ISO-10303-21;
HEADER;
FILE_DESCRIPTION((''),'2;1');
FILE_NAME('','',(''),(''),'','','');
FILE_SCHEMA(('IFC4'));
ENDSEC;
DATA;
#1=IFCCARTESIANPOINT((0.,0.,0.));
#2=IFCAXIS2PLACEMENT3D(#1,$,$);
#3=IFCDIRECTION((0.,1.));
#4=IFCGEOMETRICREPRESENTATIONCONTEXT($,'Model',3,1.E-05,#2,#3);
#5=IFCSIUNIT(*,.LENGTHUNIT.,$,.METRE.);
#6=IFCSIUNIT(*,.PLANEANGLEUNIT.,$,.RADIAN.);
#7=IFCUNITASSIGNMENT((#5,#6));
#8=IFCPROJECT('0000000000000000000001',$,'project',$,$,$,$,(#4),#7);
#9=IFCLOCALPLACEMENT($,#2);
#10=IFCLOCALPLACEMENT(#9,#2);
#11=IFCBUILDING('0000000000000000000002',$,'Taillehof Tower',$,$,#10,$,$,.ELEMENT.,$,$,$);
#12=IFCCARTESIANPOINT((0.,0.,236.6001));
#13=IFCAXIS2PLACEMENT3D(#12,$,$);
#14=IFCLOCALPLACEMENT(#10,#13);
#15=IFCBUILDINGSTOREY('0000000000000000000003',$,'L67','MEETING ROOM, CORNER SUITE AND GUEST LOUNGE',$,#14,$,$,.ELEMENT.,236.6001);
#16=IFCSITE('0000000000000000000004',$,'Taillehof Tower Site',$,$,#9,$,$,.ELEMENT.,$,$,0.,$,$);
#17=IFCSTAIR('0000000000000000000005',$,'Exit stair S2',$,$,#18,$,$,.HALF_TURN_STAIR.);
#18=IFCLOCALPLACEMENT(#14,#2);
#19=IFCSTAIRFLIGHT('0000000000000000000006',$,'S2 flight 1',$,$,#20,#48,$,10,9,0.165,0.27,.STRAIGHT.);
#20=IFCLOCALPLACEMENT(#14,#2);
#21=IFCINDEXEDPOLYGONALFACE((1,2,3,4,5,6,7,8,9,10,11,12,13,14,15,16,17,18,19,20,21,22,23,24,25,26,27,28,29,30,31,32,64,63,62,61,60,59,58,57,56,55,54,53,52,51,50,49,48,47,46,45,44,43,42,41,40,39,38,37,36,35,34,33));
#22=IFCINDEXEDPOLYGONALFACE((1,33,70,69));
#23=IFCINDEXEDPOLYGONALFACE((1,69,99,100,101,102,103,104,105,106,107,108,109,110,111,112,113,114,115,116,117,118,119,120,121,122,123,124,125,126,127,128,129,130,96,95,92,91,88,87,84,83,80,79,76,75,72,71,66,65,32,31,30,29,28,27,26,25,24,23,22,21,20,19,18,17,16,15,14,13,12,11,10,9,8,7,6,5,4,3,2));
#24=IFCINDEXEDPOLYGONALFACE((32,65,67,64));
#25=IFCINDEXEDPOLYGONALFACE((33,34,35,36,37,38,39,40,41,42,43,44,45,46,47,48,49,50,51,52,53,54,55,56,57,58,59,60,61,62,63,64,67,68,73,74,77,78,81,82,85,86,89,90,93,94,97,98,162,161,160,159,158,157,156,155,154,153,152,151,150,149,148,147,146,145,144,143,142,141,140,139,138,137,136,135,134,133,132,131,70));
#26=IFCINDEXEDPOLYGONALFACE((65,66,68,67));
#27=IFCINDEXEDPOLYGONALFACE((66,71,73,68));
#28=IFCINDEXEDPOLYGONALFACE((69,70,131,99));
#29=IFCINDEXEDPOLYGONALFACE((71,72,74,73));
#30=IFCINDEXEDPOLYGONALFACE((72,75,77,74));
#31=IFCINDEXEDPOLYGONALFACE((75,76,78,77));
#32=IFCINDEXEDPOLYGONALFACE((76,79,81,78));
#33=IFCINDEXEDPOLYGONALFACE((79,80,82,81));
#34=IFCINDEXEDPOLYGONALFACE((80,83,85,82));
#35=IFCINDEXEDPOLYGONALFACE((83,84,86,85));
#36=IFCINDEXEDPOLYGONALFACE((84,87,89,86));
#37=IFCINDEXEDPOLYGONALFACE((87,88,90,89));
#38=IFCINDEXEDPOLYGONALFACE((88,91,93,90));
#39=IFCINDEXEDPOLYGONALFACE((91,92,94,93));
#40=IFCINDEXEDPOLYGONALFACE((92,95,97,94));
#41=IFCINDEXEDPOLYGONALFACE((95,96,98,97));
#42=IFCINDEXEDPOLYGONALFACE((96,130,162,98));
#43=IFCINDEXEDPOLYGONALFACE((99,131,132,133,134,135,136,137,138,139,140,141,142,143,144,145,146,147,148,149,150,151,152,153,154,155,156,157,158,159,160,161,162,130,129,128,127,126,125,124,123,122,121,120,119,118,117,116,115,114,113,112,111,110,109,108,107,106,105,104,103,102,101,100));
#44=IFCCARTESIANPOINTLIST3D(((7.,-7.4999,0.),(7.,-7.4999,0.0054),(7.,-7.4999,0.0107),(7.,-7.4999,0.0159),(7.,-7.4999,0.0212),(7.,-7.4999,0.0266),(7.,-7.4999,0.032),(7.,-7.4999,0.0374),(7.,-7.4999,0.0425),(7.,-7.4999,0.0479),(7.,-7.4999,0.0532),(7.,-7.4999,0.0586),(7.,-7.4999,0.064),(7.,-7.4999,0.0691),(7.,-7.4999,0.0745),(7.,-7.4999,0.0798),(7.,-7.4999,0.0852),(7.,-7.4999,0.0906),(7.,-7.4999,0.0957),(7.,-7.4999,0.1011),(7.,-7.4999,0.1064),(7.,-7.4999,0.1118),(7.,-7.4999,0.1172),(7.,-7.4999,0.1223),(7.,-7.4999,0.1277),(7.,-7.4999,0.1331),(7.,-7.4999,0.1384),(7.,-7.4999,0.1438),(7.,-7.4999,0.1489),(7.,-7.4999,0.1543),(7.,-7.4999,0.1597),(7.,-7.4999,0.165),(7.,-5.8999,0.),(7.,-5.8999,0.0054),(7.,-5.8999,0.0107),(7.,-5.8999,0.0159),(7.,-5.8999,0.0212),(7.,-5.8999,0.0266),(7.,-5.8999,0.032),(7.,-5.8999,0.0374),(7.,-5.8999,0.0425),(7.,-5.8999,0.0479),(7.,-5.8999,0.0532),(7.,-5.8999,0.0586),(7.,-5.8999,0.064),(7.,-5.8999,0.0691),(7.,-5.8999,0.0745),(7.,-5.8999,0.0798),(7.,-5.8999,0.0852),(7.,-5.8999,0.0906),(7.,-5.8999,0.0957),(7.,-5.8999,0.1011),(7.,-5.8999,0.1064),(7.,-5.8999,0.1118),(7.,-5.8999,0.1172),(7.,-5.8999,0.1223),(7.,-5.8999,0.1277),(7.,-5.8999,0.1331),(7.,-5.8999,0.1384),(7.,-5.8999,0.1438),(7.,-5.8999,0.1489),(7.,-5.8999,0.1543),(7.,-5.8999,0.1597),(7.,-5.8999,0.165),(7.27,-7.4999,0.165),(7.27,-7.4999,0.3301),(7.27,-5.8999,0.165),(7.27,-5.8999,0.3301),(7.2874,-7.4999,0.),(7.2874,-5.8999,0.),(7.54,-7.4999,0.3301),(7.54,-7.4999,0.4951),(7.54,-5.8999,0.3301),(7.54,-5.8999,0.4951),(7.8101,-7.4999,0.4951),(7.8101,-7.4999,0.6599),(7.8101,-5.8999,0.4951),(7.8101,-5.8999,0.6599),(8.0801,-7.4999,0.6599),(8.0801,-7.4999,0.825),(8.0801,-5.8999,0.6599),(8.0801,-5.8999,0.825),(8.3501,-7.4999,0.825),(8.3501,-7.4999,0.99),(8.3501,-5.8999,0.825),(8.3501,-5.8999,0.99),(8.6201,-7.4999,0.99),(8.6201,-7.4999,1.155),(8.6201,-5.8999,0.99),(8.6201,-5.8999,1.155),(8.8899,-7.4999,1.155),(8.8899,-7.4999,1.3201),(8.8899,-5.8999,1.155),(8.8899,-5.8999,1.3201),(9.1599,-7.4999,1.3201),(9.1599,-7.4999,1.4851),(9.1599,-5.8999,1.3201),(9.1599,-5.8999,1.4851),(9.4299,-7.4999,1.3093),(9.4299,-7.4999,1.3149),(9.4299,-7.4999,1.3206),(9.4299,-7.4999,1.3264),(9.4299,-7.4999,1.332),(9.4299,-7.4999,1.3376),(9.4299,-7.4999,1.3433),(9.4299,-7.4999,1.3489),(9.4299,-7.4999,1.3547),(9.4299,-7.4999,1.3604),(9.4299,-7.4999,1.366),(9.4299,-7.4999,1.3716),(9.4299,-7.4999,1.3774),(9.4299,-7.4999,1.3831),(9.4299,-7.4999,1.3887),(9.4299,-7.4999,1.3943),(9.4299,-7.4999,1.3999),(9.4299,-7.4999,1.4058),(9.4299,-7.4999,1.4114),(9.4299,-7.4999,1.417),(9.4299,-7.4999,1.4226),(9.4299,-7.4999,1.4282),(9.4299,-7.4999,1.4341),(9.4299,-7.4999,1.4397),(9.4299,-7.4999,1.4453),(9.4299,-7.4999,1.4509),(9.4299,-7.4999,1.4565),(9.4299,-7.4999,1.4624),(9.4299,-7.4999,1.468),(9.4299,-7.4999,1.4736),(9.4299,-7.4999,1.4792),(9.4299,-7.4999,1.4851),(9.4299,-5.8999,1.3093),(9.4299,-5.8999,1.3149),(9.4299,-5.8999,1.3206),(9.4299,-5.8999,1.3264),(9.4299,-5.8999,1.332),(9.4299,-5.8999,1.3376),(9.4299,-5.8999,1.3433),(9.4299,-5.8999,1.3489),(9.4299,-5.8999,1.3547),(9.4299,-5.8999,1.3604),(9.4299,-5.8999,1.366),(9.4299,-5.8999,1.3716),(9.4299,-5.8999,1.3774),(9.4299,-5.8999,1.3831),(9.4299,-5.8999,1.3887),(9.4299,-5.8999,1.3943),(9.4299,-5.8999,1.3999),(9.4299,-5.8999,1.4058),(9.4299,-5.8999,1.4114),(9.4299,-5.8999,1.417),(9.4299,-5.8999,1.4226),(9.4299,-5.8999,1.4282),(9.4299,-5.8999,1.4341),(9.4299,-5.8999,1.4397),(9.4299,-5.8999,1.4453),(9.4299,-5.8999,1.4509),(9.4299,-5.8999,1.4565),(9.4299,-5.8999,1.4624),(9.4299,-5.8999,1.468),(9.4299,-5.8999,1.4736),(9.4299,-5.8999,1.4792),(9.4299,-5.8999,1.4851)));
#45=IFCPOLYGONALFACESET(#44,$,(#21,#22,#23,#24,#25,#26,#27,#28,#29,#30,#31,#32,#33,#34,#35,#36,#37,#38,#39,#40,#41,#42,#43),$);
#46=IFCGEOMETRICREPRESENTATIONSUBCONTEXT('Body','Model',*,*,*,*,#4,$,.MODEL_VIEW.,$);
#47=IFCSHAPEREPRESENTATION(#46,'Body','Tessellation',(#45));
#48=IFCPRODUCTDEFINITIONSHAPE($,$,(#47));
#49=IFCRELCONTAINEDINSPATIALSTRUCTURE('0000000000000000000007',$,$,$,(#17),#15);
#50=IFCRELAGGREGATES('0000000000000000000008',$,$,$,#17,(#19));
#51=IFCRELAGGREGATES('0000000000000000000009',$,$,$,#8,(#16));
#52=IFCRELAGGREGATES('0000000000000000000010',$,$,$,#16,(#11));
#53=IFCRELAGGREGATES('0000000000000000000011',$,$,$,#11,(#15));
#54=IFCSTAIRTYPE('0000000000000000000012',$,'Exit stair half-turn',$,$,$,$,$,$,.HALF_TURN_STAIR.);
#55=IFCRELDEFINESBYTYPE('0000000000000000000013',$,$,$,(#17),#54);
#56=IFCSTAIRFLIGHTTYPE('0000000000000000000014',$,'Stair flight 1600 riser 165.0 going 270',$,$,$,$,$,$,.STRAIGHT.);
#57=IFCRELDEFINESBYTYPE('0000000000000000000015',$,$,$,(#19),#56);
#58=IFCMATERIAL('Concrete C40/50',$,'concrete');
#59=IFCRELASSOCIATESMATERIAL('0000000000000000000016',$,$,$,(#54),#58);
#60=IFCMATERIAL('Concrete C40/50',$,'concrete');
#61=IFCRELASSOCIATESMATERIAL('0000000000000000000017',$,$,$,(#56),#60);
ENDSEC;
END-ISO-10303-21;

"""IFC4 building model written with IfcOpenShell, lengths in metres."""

from ifc_helpers import new_model, si_unit, direction, frame, origin, place, context, subcontext, project, spatial, polyline, outline, extrude, material, type_object, element, aggregate, save


model = new_model("IFC4")

# Units and contexts
model_context = context("Model", 3, precision=1e-05, world=origin(), true_north=direction((0.0, 1.0)))
body_context = subcontext(model_context, "Body", "Model", "MODEL_VIEW")
ifc_project = project(units=[si_unit("LENGTHUNIT", "METRE"), si_unit("PLANEANGLEUNIT", "RADIAN")], contexts=[model_context])

# Site, building, storey
site_placement = place(None, origin())
site = spatial("IfcSite", under=ifc_project, at=site_placement, Name="Taillehof Tower Site", CompositionType="ELEMENT", RefElevation=0.0)
building_placement = place(site_placement, origin())
building = spatial("IfcBuilding", under=site, at=building_placement, Name="Taillehof Tower", CompositionType="ELEMENT")
storey_placement = place(building_placement, frame((0.0, 0.0, 236.6001)))
storey = spatial("IfcBuildingStorey", under=building, at=storey_placement, Name="L67", Description="MEETING ROOM, CORNER SUITE AND GUEST LOUNGE", CompositionType="ELEMENT", Elevation=236.6001)

# Stair
ifc_material_1 = material(Name="Concrete C40/50", Category="concrete")
stair_type = type_object("IfcStairType", Name="Exit stair half-turn", PredefinedType="HALF_TURN_STAIR", material=ifc_material_1)
stair_1_placement = place(storey_placement, origin())
stair_1 = element("IfcStair", 1, at=stair_1_placement, inside=storey, type_object=stair_type, Name="Exit stair S2", PredefinedType="HALF_TURN_STAIR")

# Stair flight
ifc_material_2 = material(Name="Concrete C40/50", Category="concrete")
stair_flight_type = type_object("IfcStairFlightType", Name="Stair flight 1600 riser 165.0 going 270", PredefinedType="STRAIGHT", material=ifc_material_2)
stair_flight_placement = place(storey_placement, frame((7.0, -6.7, 0.0), z_axis=(0.0, 0.0, 1.0), x_axis=(1.0, 0.0, 0.0)))
stair_flight = element("IfcStairFlight", 2, at=stair_flight_placement, type_object=stair_flight_type, Name="S2 flight 1", NumberOfRisers=10, NumberOfTreads=9, PredefinedType="STRAIGHT", RiserHeight=0.165, TreadLength=0.27, context=body_context, shape_type="SweptSolid", body=[
    extrude(outline(polyline([(0.0, 0.0), (0.0, 0.0054), (0.0, 0.0107), (0.0, 0.0159), (0.0, 0.0212), (0.0, 0.0266), (0.0, 0.032), (0.0, 0.0374), (0.0, 0.0425), (0.0, 0.0479), (0.0, 0.0532), (0.0, 0.0586), (0.0, 0.064), (0.0, 0.0691), (0.0, 0.0745), (0.0, 0.0798), (0.0, 0.0852), (0.0, 0.0906), (0.0, 0.0957), (0.0, 0.1011), (0.0, 0.1064), (0.0, 0.1118), (0.0, 0.1172), (0.0, 0.1223), (0.0, 0.1277), (0.0, 0.1331), (0.0, 0.1384), (0.0, 0.1438), (0.0, 0.1489), (0.0, 0.1543), (0.0, 0.1597), (0.0, 0.165), (0.27, 0.165), (0.27, 0.3301), (0.54, 0.3301), (0.54, 0.4951), (0.8101, 0.4951), (0.8101, 0.6599), (1.0801, 0.6599), (1.0801, 0.825), (1.3501, 0.825), (1.3501, 0.99), (1.6201, 0.99), (1.6201, 1.155), (1.8899, 1.155), (1.8899, 1.3201), (2.1599, 1.3201), (2.1599, 1.4851), (2.4299, 1.4851), (2.4299, 1.4792), (2.4299, 1.4736), (2.4299, 1.468), (2.4299, 1.4624), (2.4299, 1.4565), (2.4299, 1.4509), (2.4299, 1.4453), (2.4299, 1.4397), (2.4299, 1.4341), (2.4299, 1.4282), (2.4299, 1.4226), (2.4299, 1.417), (2.4299, 1.4114), (2.4299, 1.4058), (2.4299, 1.3999), (2.4299, 1.3943), (2.4299, 1.3887), (2.4299, 1.3831), (2.4299, 1.3774), (2.4299, 1.3716), (2.4299, 1.366), (2.4299, 1.3604), (2.4299, 1.3547), (2.4299, 1.3489), (2.4299, 1.3433), (2.4299, 1.3376), (2.4299, 1.332), (2.4299, 1.3264), (2.4299, 1.3206), (2.4299, 1.3149), (2.4299, 1.3093), (0.2874, 0.0), (0.0, 0.0)])), frame((0.0, 0.8, 0.0), z_axis=(0.0, -1.0, 0.0), x_axis=(1.0, 0.0, 0.0)), (0.0, 0.0, 1.0), 1.6),
])
aggregate(stair_1, [stair_flight])

save(model, "model.ifc")
